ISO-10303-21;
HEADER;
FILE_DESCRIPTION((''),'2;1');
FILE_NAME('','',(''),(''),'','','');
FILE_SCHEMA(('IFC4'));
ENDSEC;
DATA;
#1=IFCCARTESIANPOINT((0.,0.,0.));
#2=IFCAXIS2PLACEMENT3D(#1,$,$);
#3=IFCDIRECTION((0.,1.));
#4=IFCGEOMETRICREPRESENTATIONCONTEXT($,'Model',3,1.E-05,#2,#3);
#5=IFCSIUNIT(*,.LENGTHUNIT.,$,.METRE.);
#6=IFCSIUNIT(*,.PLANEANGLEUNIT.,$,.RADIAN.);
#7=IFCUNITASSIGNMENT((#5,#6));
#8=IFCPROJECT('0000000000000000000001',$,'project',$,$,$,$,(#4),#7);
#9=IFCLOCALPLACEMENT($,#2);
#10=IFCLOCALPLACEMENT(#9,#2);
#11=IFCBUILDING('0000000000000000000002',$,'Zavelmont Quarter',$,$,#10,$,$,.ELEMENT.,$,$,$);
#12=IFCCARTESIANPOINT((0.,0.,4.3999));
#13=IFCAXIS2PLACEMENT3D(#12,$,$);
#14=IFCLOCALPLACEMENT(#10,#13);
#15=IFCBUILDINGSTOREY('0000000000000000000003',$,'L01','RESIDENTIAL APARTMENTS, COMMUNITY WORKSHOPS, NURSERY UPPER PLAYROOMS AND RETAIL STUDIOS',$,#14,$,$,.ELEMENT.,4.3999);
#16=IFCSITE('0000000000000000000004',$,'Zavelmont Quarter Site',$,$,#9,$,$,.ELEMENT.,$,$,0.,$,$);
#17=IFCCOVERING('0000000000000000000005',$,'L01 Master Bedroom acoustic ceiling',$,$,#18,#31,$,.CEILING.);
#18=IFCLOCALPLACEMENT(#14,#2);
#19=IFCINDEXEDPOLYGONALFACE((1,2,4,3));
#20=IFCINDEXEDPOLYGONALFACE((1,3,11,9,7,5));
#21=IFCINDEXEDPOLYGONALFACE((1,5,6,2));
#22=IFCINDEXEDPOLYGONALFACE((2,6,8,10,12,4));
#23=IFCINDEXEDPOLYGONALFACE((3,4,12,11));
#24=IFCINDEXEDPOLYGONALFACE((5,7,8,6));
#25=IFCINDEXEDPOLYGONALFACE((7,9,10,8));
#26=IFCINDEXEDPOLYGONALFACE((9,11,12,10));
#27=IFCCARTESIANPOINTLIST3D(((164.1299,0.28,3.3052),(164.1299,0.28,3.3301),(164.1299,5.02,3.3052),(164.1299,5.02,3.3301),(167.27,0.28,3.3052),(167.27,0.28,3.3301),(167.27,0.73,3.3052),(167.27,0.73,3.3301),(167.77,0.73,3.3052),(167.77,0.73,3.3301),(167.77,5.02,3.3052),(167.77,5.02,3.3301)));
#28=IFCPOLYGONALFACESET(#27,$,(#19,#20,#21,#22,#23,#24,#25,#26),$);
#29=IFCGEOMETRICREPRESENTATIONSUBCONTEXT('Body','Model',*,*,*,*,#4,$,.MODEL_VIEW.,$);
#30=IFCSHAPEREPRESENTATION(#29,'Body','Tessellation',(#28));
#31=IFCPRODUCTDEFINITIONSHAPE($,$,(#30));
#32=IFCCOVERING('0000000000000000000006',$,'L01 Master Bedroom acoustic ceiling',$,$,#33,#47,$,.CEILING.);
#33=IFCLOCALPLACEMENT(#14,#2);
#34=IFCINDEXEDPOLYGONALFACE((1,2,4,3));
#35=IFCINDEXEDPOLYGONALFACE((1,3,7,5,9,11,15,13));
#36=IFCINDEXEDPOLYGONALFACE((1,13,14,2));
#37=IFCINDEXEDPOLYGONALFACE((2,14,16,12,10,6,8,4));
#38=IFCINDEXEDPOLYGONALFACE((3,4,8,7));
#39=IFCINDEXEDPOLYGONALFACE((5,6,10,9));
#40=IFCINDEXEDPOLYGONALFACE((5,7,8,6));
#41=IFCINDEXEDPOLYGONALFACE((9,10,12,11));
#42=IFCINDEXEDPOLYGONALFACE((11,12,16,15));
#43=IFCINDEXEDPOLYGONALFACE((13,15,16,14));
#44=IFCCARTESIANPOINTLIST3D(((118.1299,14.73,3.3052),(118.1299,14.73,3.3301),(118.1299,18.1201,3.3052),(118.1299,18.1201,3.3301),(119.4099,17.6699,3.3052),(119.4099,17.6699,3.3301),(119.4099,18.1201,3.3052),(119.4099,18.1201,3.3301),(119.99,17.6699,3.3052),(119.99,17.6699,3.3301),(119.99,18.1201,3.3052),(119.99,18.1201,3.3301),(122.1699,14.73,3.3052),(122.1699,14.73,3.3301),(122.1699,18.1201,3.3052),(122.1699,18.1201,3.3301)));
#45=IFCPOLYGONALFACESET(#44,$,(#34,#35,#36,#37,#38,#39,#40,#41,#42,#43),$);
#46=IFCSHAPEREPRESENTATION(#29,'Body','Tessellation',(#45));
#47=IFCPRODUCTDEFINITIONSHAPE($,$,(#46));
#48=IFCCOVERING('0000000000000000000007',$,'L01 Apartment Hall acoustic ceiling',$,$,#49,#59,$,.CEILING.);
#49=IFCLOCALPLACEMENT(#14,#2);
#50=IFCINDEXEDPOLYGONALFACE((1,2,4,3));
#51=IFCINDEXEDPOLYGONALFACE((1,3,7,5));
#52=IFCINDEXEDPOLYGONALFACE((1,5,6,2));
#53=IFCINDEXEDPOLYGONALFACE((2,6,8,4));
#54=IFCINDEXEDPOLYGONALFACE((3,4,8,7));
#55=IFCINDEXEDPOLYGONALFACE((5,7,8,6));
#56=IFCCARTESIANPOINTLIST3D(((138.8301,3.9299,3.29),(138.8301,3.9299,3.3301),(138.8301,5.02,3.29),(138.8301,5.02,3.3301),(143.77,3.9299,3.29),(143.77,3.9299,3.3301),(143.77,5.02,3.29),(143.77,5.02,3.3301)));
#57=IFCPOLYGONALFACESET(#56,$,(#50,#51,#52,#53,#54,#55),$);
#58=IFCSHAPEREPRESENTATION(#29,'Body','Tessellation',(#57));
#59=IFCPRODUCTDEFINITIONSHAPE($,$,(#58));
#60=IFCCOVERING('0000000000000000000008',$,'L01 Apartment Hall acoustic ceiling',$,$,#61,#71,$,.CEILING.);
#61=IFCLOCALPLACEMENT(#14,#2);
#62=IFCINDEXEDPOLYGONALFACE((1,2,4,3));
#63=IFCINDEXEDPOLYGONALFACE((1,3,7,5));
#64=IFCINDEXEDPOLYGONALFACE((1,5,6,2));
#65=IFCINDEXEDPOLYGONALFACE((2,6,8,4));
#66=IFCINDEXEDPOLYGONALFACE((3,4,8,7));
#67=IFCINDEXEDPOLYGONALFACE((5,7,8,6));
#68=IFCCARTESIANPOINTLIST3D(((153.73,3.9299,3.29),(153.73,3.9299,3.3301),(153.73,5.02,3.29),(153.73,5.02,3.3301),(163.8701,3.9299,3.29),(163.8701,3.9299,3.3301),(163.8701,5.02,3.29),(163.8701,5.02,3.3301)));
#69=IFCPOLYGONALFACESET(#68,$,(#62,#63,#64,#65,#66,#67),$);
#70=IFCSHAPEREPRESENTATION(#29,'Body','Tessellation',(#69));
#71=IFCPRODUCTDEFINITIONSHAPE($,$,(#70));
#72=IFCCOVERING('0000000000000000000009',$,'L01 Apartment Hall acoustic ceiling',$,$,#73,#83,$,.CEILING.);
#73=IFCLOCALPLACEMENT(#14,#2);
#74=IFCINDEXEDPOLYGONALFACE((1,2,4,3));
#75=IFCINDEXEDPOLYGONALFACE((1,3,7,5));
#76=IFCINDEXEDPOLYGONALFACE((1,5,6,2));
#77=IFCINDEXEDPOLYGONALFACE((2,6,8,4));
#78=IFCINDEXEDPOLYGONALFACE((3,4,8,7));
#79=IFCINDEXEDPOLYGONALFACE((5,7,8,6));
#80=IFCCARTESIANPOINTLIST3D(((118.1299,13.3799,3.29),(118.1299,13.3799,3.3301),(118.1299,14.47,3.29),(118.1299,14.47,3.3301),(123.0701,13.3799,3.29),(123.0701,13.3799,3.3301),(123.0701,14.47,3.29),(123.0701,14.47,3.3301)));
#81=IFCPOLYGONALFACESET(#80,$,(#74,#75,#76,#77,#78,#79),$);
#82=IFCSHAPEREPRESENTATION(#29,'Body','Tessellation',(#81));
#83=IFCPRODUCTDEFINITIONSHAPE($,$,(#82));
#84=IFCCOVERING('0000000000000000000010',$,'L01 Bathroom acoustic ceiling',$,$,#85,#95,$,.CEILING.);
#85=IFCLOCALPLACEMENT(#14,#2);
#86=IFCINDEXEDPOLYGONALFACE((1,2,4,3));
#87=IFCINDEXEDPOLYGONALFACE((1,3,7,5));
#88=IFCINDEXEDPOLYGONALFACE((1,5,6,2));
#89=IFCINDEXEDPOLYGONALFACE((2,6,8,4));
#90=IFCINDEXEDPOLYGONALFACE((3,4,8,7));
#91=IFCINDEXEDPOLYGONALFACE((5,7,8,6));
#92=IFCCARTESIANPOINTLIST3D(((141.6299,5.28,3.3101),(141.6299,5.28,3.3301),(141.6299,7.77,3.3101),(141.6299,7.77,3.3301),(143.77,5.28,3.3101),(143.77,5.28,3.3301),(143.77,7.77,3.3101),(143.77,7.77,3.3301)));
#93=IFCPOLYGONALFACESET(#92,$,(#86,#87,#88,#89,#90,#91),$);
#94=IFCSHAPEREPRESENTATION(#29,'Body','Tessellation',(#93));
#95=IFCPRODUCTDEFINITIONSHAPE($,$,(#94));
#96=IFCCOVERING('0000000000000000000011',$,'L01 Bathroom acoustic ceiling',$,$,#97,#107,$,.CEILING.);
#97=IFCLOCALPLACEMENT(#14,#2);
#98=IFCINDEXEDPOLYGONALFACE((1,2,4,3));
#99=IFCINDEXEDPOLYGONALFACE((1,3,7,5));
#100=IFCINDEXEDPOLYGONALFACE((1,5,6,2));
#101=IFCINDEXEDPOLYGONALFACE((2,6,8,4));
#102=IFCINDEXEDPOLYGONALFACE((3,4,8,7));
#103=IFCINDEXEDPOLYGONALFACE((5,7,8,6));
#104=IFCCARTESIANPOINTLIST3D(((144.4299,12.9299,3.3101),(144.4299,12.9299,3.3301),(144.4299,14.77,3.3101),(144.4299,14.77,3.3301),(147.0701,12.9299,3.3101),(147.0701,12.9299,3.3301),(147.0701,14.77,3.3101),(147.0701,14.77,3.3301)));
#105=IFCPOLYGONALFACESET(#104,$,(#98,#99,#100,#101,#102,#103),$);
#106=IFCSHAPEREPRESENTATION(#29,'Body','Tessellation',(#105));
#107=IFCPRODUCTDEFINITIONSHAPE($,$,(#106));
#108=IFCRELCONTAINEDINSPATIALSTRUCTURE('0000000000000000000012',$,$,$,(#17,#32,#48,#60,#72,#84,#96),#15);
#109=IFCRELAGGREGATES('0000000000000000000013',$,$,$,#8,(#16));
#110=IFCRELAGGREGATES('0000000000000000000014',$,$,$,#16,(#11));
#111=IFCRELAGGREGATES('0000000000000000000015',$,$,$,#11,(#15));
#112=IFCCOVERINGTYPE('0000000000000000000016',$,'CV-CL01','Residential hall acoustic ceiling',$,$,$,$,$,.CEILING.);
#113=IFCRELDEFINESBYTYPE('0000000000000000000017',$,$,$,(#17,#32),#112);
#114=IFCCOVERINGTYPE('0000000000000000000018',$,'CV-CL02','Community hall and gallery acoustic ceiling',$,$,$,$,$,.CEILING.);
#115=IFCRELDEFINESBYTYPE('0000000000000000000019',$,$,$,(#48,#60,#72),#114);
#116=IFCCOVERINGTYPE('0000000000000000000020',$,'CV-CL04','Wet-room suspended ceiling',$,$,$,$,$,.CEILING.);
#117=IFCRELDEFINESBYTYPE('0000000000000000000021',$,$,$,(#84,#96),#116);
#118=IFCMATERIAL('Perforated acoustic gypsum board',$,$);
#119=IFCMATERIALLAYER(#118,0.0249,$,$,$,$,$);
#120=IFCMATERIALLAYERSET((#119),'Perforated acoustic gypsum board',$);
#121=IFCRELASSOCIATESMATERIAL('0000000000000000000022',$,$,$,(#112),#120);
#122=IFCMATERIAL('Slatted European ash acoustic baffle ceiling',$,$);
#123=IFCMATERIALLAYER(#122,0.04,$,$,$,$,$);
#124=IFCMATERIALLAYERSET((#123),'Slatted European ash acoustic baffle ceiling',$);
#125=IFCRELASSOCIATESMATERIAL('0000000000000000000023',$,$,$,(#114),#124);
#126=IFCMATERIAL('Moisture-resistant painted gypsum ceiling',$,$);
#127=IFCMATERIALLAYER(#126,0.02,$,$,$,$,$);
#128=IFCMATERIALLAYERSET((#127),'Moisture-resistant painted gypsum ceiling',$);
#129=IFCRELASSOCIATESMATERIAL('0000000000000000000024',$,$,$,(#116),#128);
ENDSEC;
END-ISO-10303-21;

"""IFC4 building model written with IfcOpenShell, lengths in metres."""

from ifc_helpers import new_model, si_unit, direction, frame, origin, place, context, subcontext, project, spatial, polyline, outline, extrude, material, layer, layer_set, type_object, element, save


model = new_model("IFC4")

# Units and contexts
model_context = context("Model", 3, precision=1e-05, world=origin(), true_north=direction((0.0, 1.0)))
body_context = subcontext(model_context, "Body", "Model", "MODEL_VIEW")
ifc_project = project(units=[si_unit("LENGTHUNIT", "METRE"), si_unit("PLANEANGLEUNIT", "RADIAN")], contexts=[model_context])

# Site, building, storey
site_placement = place(None, origin())
site = spatial("IfcSite", under=ifc_project, at=site_placement, Name="Zavelmont Quarter Site", CompositionType="ELEMENT", RefElevation=0.0)
building_placement = place(site_placement, origin())
building = spatial("IfcBuilding", under=site, at=building_placement, Name="Zavelmont Quarter", CompositionType="ELEMENT")
storey_placement = place(building_placement, frame((0.0, 0.0, 4.3999)))
storey = spatial("IfcBuildingStorey", under=building, at=storey_placement, Name="L01", Description="RESIDENTIAL APARTMENTS, COMMUNITY WORKSHOPS, NURSERY UPPER PLAYROOMS AND RETAIL STUDIOS", CompositionType="ELEMENT", Elevation=4.3999)

# Coverings
ifc_material_1 = material(Name="Perforated acoustic gypsum board")
ifc_layer_1 = layer(ifc_material_1, 0.0249)
ifc_layer_set_1 = layer_set([ifc_layer_1], Name="Perforated acoustic gypsum board")
covering_type_1 = type_object("IfcCoveringType", Name="CV-CL01", Description="Residential hall acoustic ceiling", PredefinedType="CEILING", material=ifc_layer_set_1)
covering_1_placement = place(storey_placement, frame((0.0, 0.0, 3.3052)))
element("IfcCovering", 1, at=covering_1_placement, inside=storey, type_object=covering_type_1, Name="L01 Master Bedroom acoustic ceiling", PredefinedType="CEILING", context=body_context, shape_type="SweptSolid", body=[
    extrude(outline(polyline([(164.1299, 5.02), (167.77, 5.02), (167.77, 0.73), (167.27, 0.73), (167.27, 0.28), (164.1299, 0.28), (164.1299, 5.02)])), origin(), (0.0, 0.0, 1.0), 0.0249),
])
covering_2_placement = place(storey_placement, frame((0.0, 0.0, 3.3052)))
element("IfcCovering", 2, at=covering_2_placement, inside=storey, type_object=covering_type_1, Name="L01 Master Bedroom acoustic ceiling", PredefinedType="CEILING", context=body_context, shape_type="SweptSolid", body=[
    extrude(outline(polyline([(118.1299, 18.1201), (119.4099, 18.1201), (119.4099, 17.6699), (119.99, 17.6699), (119.99, 18.1201), (122.1699, 18.1201), (122.1699, 14.73), (118.1299, 14.73), (118.1299, 18.1201)])), origin(), (0.0, 0.0, 1.0), 0.0249),
])
ifc_material_2 = material(Name="Slatted European ash acoustic baffle ceiling")
ifc_layer_2 = layer(ifc_material_2, 0.04)
ifc_layer_set_2 = layer_set([ifc_layer_2], Name="Slatted European ash acoustic baffle ceiling")
covering_type_2 = type_object("IfcCoveringType", Name="CV-CL02", Description="Community hall and gallery acoustic ceiling", PredefinedType="CEILING", material=ifc_layer_set_2)
covering_3_placement = place(storey_placement, frame((0.0, 0.0, 3.29)))
element("IfcCovering", 3, at=covering_3_placement, inside=storey, type_object=covering_type_2, Name="L01 Apartment Hall acoustic ceiling", PredefinedType="CEILING", context=body_context, shape_type="SweptSolid", body=[
    extrude(outline(polyline([(138.8301, 5.02), (143.77, 5.02), (143.77, 3.9299), (138.8301, 3.9299), (138.8301, 5.02)])), origin(), (0.0, 0.0, 1.0), 0.04),
])
covering_4_placement = place(storey_placement, frame((0.0, 0.0, 3.29)))
element("IfcCovering", 4, at=covering_4_placement, inside=storey, type_object=covering_type_2, Name="L01 Apartment Hall acoustic ceiling", PredefinedType="CEILING", context=body_context, shape_type="SweptSolid", body=[
    extrude(outline(polyline([(153.73, 5.02), (163.8701, 5.02), (163.8701, 3.9299), (153.73, 3.9299), (153.73, 5.02)])), origin(), (0.0, 0.0, 1.0), 0.04),
])
covering_5_placement = place(storey_placement, frame((0.0, 0.0, 3.29)))
element("IfcCovering", 5, at=covering_5_placement, inside=storey, type_object=covering_type_2, Name="L01 Apartment Hall acoustic ceiling", PredefinedType="CEILING", context=body_context, shape_type="SweptSolid", body=[
    extrude(outline(polyline([(118.1299, 14.47), (123.0701, 14.47), (123.0701, 13.3799), (118.1299, 13.3799), (118.1299, 14.47)])), origin(), (0.0, 0.0, 1.0), 0.04),
])
ifc_material_3 = material(Name="Moisture-resistant painted gypsum ceiling")
ifc_layer_3 = layer(ifc_material_3, 0.02)
ifc_layer_set_3 = layer_set([ifc_layer_3], Name="Moisture-resistant painted gypsum ceiling")
covering_type_3 = type_object("IfcCoveringType", Name="CV-CL04", Description="Wet-room suspended ceiling", PredefinedType="CEILING", material=ifc_layer_set_3)
covering_6_placement = place(storey_placement, frame((0.0, 0.0, 3.3101)))
element("IfcCovering", 6, at=covering_6_placement, inside=storey, type_object=covering_type_3, Name="L01 Bathroom acoustic ceiling", PredefinedType="CEILING", context=body_context, shape_type="SweptSolid", body=[
    extrude(outline(polyline([(141.6299, 7.77), (143.77, 7.77), (143.77, 5.28), (141.6299, 5.28), (141.6299, 7.77)])), origin(), (0.0, 0.0, 1.0), 0.02),
])
covering_7_placement = place(storey_placement, frame((0.0, 0.0, 3.3101)))
element("IfcCovering", 7, at=covering_7_placement, inside=storey, type_object=covering_type_3, Name="L01 Bathroom acoustic ceiling", PredefinedType="CEILING", context=body_context, shape_type="SweptSolid", body=[
    extrude(outline(polyline([(144.4299, 14.77), (147.0701, 14.77), (147.0701, 12.9299), (144.4299, 12.9299), (144.4299, 14.77)])), origin(), (0.0, 0.0, 1.0), 0.02),
])

save(model, "model.ifc")
